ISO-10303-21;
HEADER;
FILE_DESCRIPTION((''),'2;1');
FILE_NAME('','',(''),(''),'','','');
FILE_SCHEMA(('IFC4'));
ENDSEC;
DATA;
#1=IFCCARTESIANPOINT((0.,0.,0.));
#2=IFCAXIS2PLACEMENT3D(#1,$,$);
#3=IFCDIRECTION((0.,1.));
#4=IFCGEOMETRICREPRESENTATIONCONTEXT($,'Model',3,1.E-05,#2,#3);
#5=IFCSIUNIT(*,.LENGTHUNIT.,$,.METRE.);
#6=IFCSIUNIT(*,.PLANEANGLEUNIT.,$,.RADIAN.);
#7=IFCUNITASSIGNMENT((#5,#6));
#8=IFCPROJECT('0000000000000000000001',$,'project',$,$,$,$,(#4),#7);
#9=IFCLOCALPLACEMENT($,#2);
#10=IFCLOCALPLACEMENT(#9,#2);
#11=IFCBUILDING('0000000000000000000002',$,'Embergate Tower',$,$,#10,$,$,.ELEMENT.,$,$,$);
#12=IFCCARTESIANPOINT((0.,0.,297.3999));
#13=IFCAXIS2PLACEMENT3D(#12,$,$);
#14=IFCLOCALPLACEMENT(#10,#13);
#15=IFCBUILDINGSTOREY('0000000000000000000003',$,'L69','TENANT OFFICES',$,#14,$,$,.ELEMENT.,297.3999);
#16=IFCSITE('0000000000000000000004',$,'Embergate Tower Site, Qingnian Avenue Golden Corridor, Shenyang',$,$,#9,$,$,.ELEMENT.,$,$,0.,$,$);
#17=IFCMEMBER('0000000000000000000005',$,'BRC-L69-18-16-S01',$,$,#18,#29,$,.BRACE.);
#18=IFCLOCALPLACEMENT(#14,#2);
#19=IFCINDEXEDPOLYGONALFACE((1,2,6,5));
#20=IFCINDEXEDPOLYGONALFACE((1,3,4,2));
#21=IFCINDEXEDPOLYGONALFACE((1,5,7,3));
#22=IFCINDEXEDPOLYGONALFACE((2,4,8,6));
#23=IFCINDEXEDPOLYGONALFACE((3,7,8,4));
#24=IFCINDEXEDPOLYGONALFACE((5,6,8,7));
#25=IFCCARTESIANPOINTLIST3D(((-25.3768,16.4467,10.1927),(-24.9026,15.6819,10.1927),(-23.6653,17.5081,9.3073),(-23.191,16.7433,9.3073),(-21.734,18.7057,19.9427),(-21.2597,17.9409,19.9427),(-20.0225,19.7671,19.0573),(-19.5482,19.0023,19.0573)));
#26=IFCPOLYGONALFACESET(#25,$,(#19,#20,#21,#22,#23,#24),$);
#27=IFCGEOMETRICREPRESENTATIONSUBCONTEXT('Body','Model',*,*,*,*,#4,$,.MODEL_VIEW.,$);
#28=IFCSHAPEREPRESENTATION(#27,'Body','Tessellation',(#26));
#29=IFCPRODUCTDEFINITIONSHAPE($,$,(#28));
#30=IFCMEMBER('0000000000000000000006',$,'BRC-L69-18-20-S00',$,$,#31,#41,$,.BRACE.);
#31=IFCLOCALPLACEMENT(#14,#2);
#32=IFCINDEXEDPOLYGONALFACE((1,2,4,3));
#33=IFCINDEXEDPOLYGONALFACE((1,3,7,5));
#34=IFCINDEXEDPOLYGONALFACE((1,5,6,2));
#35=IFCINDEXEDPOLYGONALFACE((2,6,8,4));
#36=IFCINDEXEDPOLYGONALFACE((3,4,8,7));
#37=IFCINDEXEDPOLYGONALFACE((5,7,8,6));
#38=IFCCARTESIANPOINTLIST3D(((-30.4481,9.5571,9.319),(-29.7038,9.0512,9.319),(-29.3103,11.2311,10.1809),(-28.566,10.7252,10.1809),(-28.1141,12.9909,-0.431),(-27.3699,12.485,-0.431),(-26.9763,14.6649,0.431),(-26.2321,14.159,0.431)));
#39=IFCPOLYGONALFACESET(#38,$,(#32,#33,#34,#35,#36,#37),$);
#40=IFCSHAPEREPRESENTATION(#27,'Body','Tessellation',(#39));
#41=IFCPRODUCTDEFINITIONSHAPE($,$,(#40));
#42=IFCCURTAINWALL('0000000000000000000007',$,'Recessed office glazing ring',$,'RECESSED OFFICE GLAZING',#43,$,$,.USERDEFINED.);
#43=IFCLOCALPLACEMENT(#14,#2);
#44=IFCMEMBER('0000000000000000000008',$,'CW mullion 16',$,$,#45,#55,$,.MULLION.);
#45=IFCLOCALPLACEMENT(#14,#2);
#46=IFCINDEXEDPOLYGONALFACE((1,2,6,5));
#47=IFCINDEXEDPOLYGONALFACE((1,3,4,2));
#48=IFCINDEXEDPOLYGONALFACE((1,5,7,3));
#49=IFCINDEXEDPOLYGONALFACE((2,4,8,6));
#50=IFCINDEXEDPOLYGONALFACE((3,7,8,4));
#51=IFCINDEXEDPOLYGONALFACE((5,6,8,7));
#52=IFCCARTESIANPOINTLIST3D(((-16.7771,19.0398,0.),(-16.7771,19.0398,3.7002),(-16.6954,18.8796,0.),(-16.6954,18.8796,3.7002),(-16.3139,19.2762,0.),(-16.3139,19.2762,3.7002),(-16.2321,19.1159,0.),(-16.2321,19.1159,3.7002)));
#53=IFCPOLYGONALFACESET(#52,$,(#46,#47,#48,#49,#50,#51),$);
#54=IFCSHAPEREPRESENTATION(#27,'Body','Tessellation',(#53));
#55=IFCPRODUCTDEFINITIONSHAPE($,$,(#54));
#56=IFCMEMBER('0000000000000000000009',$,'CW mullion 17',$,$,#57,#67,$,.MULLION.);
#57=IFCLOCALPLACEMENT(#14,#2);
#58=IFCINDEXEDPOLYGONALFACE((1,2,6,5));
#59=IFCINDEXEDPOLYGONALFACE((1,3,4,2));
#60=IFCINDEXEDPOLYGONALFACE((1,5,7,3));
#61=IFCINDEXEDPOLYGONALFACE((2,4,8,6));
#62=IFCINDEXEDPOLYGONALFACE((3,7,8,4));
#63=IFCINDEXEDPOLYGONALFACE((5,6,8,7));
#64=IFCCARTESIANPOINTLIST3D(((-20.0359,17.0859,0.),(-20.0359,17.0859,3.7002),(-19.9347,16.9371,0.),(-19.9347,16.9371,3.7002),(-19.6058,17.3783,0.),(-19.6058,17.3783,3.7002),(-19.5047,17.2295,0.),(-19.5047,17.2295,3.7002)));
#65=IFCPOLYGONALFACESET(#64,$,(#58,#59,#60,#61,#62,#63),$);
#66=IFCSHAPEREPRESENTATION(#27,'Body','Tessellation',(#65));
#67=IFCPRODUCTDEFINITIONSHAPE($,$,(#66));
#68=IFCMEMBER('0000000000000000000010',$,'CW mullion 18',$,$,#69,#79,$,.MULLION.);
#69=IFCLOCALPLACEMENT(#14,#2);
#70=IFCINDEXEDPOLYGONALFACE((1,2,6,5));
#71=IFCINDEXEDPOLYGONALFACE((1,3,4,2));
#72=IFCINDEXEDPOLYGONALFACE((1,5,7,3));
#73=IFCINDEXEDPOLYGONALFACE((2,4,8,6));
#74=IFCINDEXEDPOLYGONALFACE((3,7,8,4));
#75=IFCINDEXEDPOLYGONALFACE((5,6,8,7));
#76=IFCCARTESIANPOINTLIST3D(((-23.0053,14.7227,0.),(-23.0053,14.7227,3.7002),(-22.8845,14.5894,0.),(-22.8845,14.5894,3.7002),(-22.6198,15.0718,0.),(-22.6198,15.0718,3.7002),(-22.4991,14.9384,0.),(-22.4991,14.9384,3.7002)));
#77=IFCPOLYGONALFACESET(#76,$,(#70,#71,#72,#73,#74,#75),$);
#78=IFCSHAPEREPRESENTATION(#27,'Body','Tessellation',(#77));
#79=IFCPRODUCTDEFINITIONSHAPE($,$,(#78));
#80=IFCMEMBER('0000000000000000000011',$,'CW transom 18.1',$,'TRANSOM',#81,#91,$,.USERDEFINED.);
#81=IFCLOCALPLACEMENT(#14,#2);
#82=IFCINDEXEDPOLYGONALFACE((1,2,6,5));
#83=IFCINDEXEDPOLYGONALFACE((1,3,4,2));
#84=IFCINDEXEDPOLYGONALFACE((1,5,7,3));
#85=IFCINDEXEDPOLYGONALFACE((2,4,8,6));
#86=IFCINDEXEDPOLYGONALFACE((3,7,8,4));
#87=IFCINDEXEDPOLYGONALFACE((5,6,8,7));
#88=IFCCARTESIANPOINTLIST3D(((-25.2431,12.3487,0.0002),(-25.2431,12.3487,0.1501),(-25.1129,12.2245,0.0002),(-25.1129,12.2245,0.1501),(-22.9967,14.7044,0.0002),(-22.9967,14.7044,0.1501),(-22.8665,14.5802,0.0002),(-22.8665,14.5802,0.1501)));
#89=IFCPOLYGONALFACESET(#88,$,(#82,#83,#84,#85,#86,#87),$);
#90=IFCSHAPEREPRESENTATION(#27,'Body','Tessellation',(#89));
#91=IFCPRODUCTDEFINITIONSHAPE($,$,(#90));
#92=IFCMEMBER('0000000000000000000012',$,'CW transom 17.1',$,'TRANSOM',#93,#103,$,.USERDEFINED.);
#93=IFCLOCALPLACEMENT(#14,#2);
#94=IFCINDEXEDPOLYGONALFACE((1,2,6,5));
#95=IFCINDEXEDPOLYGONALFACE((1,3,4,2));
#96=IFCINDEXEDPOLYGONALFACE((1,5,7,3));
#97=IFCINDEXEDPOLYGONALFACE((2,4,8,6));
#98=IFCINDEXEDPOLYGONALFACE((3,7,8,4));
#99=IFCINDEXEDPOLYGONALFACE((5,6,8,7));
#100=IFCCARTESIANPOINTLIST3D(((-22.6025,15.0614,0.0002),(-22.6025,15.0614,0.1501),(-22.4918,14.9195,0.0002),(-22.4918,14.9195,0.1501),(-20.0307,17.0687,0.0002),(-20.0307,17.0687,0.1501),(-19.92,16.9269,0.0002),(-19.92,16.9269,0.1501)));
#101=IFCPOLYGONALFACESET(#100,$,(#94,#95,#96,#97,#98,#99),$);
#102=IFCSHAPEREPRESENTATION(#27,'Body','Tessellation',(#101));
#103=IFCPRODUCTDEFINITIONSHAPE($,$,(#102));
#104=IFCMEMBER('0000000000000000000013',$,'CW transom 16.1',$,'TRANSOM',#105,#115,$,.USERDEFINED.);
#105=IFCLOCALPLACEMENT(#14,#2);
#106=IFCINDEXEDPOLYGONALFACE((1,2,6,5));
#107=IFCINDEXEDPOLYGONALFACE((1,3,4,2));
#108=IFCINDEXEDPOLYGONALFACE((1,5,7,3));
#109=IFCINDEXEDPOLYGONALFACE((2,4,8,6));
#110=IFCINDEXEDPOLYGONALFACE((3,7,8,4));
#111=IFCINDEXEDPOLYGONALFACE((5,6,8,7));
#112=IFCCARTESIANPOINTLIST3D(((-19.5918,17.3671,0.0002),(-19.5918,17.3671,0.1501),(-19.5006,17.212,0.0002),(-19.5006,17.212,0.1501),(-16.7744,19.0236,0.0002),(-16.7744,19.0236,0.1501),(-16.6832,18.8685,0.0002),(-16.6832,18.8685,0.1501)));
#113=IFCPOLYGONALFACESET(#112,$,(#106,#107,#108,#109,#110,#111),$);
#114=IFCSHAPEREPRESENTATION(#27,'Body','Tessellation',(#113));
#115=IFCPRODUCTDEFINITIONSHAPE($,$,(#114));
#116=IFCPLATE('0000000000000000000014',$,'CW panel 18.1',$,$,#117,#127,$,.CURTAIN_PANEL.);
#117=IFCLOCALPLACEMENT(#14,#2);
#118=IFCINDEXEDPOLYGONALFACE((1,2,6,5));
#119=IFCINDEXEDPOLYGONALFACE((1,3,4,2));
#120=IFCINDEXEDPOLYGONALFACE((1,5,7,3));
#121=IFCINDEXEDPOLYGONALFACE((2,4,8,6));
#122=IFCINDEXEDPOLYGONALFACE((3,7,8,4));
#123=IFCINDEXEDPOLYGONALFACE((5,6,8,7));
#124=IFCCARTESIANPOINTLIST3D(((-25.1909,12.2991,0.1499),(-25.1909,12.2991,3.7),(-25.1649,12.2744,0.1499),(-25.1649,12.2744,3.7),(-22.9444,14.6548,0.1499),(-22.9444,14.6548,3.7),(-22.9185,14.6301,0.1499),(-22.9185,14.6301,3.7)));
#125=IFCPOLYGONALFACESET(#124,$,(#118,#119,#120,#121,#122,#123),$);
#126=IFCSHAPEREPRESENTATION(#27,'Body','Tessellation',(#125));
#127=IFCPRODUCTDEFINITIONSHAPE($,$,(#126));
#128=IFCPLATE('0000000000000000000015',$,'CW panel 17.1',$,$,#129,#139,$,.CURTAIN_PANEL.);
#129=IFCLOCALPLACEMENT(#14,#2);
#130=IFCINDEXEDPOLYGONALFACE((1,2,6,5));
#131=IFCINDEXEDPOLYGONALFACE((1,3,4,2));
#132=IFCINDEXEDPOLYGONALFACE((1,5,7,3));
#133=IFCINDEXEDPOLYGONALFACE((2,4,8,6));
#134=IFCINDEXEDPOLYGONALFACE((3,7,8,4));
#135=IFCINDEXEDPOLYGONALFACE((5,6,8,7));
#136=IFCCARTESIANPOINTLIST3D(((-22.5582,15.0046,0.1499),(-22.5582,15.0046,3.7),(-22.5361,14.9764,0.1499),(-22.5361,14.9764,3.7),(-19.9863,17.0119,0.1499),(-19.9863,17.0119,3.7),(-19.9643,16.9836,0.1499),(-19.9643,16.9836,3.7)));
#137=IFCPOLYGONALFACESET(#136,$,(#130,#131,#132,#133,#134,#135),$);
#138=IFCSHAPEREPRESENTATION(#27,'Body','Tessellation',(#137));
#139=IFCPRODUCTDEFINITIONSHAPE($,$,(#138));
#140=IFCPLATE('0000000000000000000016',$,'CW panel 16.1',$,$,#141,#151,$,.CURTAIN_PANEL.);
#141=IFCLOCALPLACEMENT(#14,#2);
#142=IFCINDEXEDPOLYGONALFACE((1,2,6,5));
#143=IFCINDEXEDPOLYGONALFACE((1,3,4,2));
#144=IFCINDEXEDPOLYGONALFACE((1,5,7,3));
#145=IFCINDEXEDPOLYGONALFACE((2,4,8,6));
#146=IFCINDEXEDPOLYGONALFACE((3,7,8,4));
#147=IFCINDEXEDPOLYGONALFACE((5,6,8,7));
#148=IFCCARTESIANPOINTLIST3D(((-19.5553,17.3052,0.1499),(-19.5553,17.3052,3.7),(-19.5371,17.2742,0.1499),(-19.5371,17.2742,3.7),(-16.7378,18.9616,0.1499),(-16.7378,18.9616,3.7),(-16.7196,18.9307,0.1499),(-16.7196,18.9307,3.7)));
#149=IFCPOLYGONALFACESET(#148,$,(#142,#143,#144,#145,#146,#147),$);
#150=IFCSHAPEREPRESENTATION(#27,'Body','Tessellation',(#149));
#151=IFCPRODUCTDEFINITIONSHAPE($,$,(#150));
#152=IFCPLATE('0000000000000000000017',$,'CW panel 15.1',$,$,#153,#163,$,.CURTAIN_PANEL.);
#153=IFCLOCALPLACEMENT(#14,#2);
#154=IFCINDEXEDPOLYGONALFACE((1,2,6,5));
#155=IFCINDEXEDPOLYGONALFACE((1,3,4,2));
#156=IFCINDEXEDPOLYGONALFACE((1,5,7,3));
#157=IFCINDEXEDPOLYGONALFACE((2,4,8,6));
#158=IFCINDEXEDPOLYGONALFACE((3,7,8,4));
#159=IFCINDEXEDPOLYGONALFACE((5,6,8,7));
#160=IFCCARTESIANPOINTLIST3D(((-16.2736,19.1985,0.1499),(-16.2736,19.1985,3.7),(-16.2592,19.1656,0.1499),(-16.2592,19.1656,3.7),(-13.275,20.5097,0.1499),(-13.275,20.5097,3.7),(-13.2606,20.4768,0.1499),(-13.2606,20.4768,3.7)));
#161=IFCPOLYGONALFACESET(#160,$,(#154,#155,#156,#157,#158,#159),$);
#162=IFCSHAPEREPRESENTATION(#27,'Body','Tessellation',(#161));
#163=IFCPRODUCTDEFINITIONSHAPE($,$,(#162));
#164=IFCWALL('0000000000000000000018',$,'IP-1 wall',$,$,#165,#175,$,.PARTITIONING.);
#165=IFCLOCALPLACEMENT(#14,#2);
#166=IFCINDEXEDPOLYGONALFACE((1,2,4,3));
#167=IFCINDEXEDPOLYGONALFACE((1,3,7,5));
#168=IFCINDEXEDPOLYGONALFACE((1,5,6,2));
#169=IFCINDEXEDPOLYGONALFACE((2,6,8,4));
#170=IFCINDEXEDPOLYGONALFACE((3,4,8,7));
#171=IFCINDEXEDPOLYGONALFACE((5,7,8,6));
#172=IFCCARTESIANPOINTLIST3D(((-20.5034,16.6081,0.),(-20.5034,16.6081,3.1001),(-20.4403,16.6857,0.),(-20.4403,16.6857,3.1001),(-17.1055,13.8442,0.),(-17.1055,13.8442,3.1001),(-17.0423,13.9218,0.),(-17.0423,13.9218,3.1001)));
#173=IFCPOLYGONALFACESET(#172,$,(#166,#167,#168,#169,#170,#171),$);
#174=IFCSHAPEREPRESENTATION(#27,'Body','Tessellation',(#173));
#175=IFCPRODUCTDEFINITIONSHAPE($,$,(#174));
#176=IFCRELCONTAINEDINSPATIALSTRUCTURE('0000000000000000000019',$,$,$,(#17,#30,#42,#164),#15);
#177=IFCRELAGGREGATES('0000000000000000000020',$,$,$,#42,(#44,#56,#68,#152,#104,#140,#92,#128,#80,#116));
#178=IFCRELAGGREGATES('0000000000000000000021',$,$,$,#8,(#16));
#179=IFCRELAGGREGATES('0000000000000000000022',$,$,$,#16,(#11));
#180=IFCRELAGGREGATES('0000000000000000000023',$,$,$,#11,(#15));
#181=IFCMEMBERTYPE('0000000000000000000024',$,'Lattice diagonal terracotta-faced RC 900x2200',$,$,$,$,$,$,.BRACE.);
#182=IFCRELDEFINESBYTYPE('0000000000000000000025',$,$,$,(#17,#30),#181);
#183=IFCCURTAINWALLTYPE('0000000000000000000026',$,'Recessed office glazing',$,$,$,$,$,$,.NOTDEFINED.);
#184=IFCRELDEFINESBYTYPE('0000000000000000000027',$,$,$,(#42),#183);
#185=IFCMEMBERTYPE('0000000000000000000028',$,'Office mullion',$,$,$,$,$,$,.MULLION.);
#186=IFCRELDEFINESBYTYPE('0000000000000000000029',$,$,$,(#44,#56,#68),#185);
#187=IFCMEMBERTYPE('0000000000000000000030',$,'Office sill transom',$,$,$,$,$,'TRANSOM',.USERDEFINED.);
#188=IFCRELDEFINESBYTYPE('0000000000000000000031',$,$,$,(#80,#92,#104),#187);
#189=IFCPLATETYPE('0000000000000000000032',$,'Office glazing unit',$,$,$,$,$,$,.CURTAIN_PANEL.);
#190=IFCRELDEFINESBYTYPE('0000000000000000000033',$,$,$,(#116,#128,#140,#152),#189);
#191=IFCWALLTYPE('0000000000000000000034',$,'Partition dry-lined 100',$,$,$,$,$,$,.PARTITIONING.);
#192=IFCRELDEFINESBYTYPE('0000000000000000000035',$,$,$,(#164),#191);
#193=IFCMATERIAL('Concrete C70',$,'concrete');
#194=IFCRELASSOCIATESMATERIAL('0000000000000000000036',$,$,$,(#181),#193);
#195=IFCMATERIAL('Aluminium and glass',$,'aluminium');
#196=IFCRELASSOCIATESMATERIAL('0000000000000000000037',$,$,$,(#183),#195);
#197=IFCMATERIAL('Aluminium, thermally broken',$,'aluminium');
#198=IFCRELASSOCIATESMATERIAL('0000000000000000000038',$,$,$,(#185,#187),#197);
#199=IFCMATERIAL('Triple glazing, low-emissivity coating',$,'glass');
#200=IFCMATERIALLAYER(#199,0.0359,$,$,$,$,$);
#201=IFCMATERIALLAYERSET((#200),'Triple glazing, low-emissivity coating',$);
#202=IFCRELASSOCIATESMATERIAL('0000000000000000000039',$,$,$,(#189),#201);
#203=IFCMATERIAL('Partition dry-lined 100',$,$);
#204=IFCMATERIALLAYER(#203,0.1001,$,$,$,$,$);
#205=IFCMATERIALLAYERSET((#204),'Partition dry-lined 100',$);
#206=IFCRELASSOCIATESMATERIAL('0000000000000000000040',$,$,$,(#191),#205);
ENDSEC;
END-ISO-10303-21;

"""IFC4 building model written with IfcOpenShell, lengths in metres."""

from ifc_helpers import new_model, si_unit, direction, frame, frame_2d, origin, origin_2d, place, context, subcontext, project, spatial, rectangle, extrude, source, transform, mapped, material, layer, layer_set, material_profile, profile_set, type_object, element, aggregate, save


model = new_model("IFC4")

# Units and contexts
model_context = context("Model", 3, precision=1e-05, world=origin(), true_north=direction((0.0, 1.0)))
body_context = subcontext(model_context, "Body", "Model", "MODEL_VIEW")
ifc_project = project(units=[si_unit("LENGTHUNIT", "METRE"), si_unit("PLANEANGLEUNIT", "RADIAN")], contexts=[model_context])

# Site, building, storey
site_placement = place(None, origin())
site = spatial("IfcSite", under=ifc_project, at=site_placement, Name="Embergate Tower Site, Qingnian Avenue Golden Corridor, Shenyang", CompositionType="ELEMENT", RefElevation=0.0)
building_placement = place(site_placement, origin())
building = spatial("IfcBuilding", under=site, at=building_placement, Name="Embergate Tower", CompositionType="ELEMENT")
storey_placement = place(building_placement, frame((0.0, 0.0, 297.3999)))
storey = spatial("IfcBuildingStorey", under=building, at=storey_placement, Name="L69", Description="TENANT OFFICES", CompositionType="ELEMENT", Elevation=297.3999)

# Members
ifc_material_1 = material(Name="Concrete C70", Category="concrete")
ifc_material_profile_1 = material_profile(ifc_material_1, rectangle(XDim=0.8999, YDim=2.2, at=origin_2d()), Name="RC 900x2200")
ifc_profile_set_1 = profile_set([ifc_material_profile_1], Name="Concrete C70")
member_type_1 = type_object("IfcMemberType", Name="Lattice diagonal terracotta-faced RC 900x2200", PredefinedType="BRACE", material=ifc_profile_set_1)
shared_shape_1 = source(origin(), body_context, "Body", "SweptSolid", [
    extrude(rectangle(XDim=0.8999, YDim=2.2, at=origin_2d()), origin(), (0.0, 0.0, 1.0), 10.6506),
])
member_1_placement = place(storey_placement, frame((-24.2839, 16.595, 9.75), z_axis=(0.342029, 0.212103, 0.915439), x_axis=(-0.527021, 0.849852, 0.0)))
element("IfcMember", 1, at=member_1_placement, inside=storey, type_object=member_type_1, Name="BRC-L69-18-16-S01", PredefinedType="BRACE", context=body_context, shape_type="MappedRepresentation", body=[
    mapped(shared_shape_1, transform((0.0, 0.0, 0.0))),
])
shared_shape_2 = source(origin(), body_context, "Body", "SweptSolid", [
    extrude(rectangle(XDim=0.8999, YDim=2.2, at=origin_2d()), origin(), (0.0, 0.0, 1.0), 10.5972),
])
member_2_placement = place(storey_placement, frame((-27.1731, 13.575, 0.0), z_axis=(-0.220245, -0.324032, 0.920052), x_axis=(0.827041, -0.562141, 0.0)))
element("IfcMember", 2, at=member_2_placement, inside=storey, type_object=member_type_1, Name="BRC-L69-18-20-S00", PredefinedType="BRACE", context=body_context, shape_type="MappedRepresentation", body=[
    mapped(shared_shape_2, transform((0.0, 0.0, 0.0))),
])

# Curtain wall, members, plates
ifc_material_2 = material(Name="Aluminium and glass", Category="aluminium")
curtain_wall_type = type_object("IfcCurtainWallType", Name="Recessed office glazing", PredefinedType="NOTDEFINED", material=ifc_material_2)
curtain_wall_placement = place(storey_placement, origin())
curtain_wall = element("IfcCurtainWall", 3, at=curtain_wall_placement, inside=storey, type_object=curtain_wall_type, Name="Recessed office glazing ring", ObjectType="RECESSED OFFICE GLAZING", PredefinedType="USERDEFINED")
ifc_material_3 = material(Name="Aluminium, thermally broken", Category="aluminium")
ifc_material_profile_2 = material_profile(ifc_material_3, rectangle(XDim=0.1799, YDim=0.52, at=origin_2d()), Name="AL 520x180")
ifc_profile_set_2 = profile_set([ifc_material_profile_2], Name="Aluminium, thermally broken")
member_type_2 = type_object("IfcMemberType", Name="Office mullion", PredefinedType="MULLION", material=ifc_profile_set_2)
shared_shape_3 = source(origin(), body_context, "Body", "SweptSolid", [
    extrude(rectangle(XDim=0.1799, YDim=0.52, at=origin_2d()), origin(), (0.0, 0.0, 1.0), 3.7002),
])
member_3_placement = place(storey_placement, frame((-16.5046, 19.0779, 0.0), z_axis=(0.0, 0.0, 1.0), x_axis=(0.454508, -0.890743, 0.0)))
member_3 = element("IfcMember", 4, at=member_3_placement, type_object=member_type_2, Name="CW mullion 16", PredefinedType="MULLION", context=body_context, shape_type="MappedRepresentation", body=[
    mapped(shared_shape_3, transform((0.0, 0.0, 0.0))),
])
member_4_placement = place(storey_placement, frame((-19.7703, 17.1577, 0.0), z_axis=(0.0, 0.0, 1.0), x_axis=(0.562212, -0.826993, 0.0)))
member_4 = element("IfcMember", 5, at=member_4_placement, type_object=member_type_2, Name="CW mullion 17", PredefinedType="MULLION", context=body_context, shape_type="MappedRepresentation", body=[
    mapped(shared_shape_3, transform((0.0, 0.0, 0.0))),
])
member_5_placement = place(storey_placement, frame((-22.7522, 14.8306, 0.0), z_axis=(0.0, 0.0, 1.0), x_axis=(0.67122, -0.741258, 0.0)))
member_5 = element("IfcMember", 6, at=member_5_placement, type_object=member_type_2, Name="CW mullion 18", PredefinedType="MULLION", context=body_context, shape_type="MappedRepresentation", body=[
    mapped(shared_shape_3, transform((0.0, 0.0, 0.0))),
])
ifc_material_profile_3 = material_profile(ifc_material_3, rectangle(XDim=0.1799, YDim=0.1499, at=origin_2d()), Name="AL 150x180")
ifc_profile_set_3 = profile_set([ifc_material_profile_3], Name="Aluminium, thermally broken")
member_type_3 = type_object("IfcMemberType", Name="Office sill transom", ElementType="TRANSOM", PredefinedType="USERDEFINED", material=ifc_profile_set_3)
shared_shape_4 = source(origin(), body_context, "Body", "SweptSolid", [
    extrude(rectangle(XDim=0.1799, YDim=0.1499, at=origin_2d()), origin(), (0.0, 0.0, 1.0), 3.2551),
])
member_6_placement = place(storey_placement, frame((-22.9316, 14.6423, 0.0752), z_axis=(-0.690106, -0.723708, 0.0), x_axis=(0.723708, -0.690106, 0.0)))
member_6 = element("IfcMember", 7, at=member_6_placement, type_object=member_type_3, Name="CW transom 18.1", ObjectType="TRANSOM", PredefinedType="USERDEFINED", context=body_context, shape_type="MappedRepresentation", body=[
    mapped(shared_shape_4, transform((0.0, 0.0, 0.0))),
])
shared_shape_5 = source(origin(), body_context, "Body", "SweptSolid", [
    extrude(rectangle(XDim=0.1799, YDim=0.1499, at=origin_2d()), origin(), (0.0, 0.0, 1.0), 3.2625),
])
member_7_placement = place(storey_placement, frame((-19.9753, 16.9978, 0.0752), z_axis=(-0.788303, -0.615287, 0.0), x_axis=(0.615287, -0.788303, 0.0)))
member_7 = element("IfcMember", 8, at=member_7_placement, type_object=member_type_3, Name="CW transom 17.1", ObjectType="TRANSOM", PredefinedType="USERDEFINED", context=body_context, shape_type="MappedRepresentation", body=[
    mapped(shared_shape_5, transform((0.0, 0.0, 0.0))),
])
shared_shape_6 = source(origin(), body_context, "Body", "SweptSolid", [
    extrude(rectangle(XDim=0.1799, YDim=0.1499, at=origin_2d()), origin(), (0.0, 0.0, 1.0), 3.2683),
])
member_8_placement = place(storey_placement, frame((-16.7288, 18.946, 0.0752), z_axis=(-0.86204, -0.506841, 0.0), x_axis=(0.506841, -0.86204, 0.0)))
member_8 = element("IfcMember", 9, at=member_8_placement, type_object=member_type_3, Name="CW transom 16.1", ObjectType="TRANSOM", PredefinedType="USERDEFINED", context=body_context, shape_type="MappedRepresentation", body=[
    mapped(shared_shape_6, transform((0.0, 0.0, 0.0))),
])
ifc_material_4 = material(Name="Triple glazing, low-emissivity coating", Category="glass")
ifc_layer_1 = layer(ifc_material_4, 0.0359)
ifc_layer_set_1 = layer_set([ifc_layer_1], Name="Triple glazing, low-emissivity coating")
plate_type = type_object("IfcPlateType", Name="Office glazing unit", PredefinedType="CURTAIN_PANEL", material=ifc_layer_set_1)
shared_shape_7 = source(origin(), body_context, "Body", "SweptSolid", [
    extrude(rectangle(XDim=3.2551, YDim=0.0359, at=origin_2d()), origin(), (0.0, 0.0, 1.0), 3.55),
])
plate_1_placement = place(storey_placement, frame((-24.0547, 13.4646, 0.1499), z_axis=(0.0, 0.0, 1.0), x_axis=(-0.690134, -0.723682, 0.0)))
plate_1 = element("IfcPlate", 10, at=plate_1_placement, type_object=plate_type, Name="CW panel 18.1", PredefinedType="CURTAIN_PANEL", context=body_context, shape_type="MappedRepresentation", body=[
    mapped(shared_shape_7, transform((0.0, 0.0, 0.0))),
])
shared_shape_8 = source(origin(), body_context, "Body", "SweptSolid", [
    extrude(rectangle(XDim=3.2625, YDim=0.0359, at=origin_2d()), origin(), (0.0, 0.0, 1.0), 3.55),
])
plate_2_placement = place(storey_placement, frame((-21.2612, 15.9941, 0.1499), z_axis=(0.0, 0.0, 1.0), x_axis=(-0.788318, -0.615268, 0.0)))
plate_2 = element("IfcPlate", 11, at=plate_2_placement, type_object=plate_type, Name="CW panel 17.1", PredefinedType="CURTAIN_PANEL", context=body_context, shape_type="MappedRepresentation", body=[
    mapped(shared_shape_8, transform((0.0, 0.0, 0.0))),
])
shared_shape_9 = source(origin(), body_context, "Body", "SweptSolid", [
    extrude(rectangle(XDim=3.2683, YDim=0.0359, at=origin_2d()), origin(), (0.0, 0.0, 1.0), 3.55),
])
plate_3_placement = place(storey_placement, frame((-18.1375, 18.1179, 0.1499), z_axis=(0.0, 0.0, 1.0), x_axis=(-0.862051, -0.506821, 0.0)))
plate_3 = element("IfcPlate", 12, at=plate_3_placement, type_object=plate_type, Name="CW panel 16.1", PredefinedType="CURTAIN_PANEL", context=body_context, shape_type="MappedRepresentation", body=[
    mapped(shared_shape_9, transform((0.0, 0.0, 0.0))),
])
shared_shape_10 = source(origin(), body_context, "Body", "SweptSolid", [
    extrude(rectangle(XDim=3.2727, YDim=0.0359, at=origin_2d()), origin(), (0.0, 0.0, 1.0), 3.55),
])
plate_4_placement = place(storey_placement, frame((-14.7671, 19.8376, 0.1499), z_axis=(0.0, 0.0, 1.0), x_axis=(-0.916235, -0.400642, 0.0)))
plate_4 = element("IfcPlate", 13, at=plate_4_placement, type_object=plate_type, Name="CW panel 15.1", PredefinedType="CURTAIN_PANEL", context=body_context, shape_type="MappedRepresentation", body=[
    mapped(shared_shape_10, transform((0.0, 0.0, 0.0))),
])
aggregate(curtain_wall, [member_3, member_4, member_5, plate_4, member_8, plate_3, member_7, plate_2, member_6, plate_1])

# Wall
ifc_material_5 = material(Name="Partition dry-lined 100")
ifc_layer_2 = layer(ifc_material_5, 0.1001)
ifc_layer_set_2 = layer_set([ifc_layer_2], Name="Partition dry-lined 100")
wall_type = type_object("IfcWallType", Name="Partition dry-lined 100", PredefinedType="PARTITIONING", material=ifc_layer_set_2)
shared_shape_11 = source(origin(), body_context, "Body", "SweptSolid", [
    extrude(rectangle(XDim=4.3801, YDim=0.1001, at=frame_2d((2.1899, 0.0))), origin(), (0.0, 0.0, 1.0), 3.1001),
])
wall_placement = place(storey_placement, frame((-17.074, 13.8831, 0.0), z_axis=(0.0, 0.0, 1.0), x_axis=(-0.775769, 0.631016, 0.0)))
element("IfcWall", 14, at=wall_placement, inside=storey, type_object=wall_type, Name="IP-1 wall", PredefinedType="PARTITIONING", context=body_context, shape_type="MappedRepresentation", body=[
    mapped(shared_shape_11, transform((0.0, 0.0, 0.0))),
])

save(model, "model.ifc")
